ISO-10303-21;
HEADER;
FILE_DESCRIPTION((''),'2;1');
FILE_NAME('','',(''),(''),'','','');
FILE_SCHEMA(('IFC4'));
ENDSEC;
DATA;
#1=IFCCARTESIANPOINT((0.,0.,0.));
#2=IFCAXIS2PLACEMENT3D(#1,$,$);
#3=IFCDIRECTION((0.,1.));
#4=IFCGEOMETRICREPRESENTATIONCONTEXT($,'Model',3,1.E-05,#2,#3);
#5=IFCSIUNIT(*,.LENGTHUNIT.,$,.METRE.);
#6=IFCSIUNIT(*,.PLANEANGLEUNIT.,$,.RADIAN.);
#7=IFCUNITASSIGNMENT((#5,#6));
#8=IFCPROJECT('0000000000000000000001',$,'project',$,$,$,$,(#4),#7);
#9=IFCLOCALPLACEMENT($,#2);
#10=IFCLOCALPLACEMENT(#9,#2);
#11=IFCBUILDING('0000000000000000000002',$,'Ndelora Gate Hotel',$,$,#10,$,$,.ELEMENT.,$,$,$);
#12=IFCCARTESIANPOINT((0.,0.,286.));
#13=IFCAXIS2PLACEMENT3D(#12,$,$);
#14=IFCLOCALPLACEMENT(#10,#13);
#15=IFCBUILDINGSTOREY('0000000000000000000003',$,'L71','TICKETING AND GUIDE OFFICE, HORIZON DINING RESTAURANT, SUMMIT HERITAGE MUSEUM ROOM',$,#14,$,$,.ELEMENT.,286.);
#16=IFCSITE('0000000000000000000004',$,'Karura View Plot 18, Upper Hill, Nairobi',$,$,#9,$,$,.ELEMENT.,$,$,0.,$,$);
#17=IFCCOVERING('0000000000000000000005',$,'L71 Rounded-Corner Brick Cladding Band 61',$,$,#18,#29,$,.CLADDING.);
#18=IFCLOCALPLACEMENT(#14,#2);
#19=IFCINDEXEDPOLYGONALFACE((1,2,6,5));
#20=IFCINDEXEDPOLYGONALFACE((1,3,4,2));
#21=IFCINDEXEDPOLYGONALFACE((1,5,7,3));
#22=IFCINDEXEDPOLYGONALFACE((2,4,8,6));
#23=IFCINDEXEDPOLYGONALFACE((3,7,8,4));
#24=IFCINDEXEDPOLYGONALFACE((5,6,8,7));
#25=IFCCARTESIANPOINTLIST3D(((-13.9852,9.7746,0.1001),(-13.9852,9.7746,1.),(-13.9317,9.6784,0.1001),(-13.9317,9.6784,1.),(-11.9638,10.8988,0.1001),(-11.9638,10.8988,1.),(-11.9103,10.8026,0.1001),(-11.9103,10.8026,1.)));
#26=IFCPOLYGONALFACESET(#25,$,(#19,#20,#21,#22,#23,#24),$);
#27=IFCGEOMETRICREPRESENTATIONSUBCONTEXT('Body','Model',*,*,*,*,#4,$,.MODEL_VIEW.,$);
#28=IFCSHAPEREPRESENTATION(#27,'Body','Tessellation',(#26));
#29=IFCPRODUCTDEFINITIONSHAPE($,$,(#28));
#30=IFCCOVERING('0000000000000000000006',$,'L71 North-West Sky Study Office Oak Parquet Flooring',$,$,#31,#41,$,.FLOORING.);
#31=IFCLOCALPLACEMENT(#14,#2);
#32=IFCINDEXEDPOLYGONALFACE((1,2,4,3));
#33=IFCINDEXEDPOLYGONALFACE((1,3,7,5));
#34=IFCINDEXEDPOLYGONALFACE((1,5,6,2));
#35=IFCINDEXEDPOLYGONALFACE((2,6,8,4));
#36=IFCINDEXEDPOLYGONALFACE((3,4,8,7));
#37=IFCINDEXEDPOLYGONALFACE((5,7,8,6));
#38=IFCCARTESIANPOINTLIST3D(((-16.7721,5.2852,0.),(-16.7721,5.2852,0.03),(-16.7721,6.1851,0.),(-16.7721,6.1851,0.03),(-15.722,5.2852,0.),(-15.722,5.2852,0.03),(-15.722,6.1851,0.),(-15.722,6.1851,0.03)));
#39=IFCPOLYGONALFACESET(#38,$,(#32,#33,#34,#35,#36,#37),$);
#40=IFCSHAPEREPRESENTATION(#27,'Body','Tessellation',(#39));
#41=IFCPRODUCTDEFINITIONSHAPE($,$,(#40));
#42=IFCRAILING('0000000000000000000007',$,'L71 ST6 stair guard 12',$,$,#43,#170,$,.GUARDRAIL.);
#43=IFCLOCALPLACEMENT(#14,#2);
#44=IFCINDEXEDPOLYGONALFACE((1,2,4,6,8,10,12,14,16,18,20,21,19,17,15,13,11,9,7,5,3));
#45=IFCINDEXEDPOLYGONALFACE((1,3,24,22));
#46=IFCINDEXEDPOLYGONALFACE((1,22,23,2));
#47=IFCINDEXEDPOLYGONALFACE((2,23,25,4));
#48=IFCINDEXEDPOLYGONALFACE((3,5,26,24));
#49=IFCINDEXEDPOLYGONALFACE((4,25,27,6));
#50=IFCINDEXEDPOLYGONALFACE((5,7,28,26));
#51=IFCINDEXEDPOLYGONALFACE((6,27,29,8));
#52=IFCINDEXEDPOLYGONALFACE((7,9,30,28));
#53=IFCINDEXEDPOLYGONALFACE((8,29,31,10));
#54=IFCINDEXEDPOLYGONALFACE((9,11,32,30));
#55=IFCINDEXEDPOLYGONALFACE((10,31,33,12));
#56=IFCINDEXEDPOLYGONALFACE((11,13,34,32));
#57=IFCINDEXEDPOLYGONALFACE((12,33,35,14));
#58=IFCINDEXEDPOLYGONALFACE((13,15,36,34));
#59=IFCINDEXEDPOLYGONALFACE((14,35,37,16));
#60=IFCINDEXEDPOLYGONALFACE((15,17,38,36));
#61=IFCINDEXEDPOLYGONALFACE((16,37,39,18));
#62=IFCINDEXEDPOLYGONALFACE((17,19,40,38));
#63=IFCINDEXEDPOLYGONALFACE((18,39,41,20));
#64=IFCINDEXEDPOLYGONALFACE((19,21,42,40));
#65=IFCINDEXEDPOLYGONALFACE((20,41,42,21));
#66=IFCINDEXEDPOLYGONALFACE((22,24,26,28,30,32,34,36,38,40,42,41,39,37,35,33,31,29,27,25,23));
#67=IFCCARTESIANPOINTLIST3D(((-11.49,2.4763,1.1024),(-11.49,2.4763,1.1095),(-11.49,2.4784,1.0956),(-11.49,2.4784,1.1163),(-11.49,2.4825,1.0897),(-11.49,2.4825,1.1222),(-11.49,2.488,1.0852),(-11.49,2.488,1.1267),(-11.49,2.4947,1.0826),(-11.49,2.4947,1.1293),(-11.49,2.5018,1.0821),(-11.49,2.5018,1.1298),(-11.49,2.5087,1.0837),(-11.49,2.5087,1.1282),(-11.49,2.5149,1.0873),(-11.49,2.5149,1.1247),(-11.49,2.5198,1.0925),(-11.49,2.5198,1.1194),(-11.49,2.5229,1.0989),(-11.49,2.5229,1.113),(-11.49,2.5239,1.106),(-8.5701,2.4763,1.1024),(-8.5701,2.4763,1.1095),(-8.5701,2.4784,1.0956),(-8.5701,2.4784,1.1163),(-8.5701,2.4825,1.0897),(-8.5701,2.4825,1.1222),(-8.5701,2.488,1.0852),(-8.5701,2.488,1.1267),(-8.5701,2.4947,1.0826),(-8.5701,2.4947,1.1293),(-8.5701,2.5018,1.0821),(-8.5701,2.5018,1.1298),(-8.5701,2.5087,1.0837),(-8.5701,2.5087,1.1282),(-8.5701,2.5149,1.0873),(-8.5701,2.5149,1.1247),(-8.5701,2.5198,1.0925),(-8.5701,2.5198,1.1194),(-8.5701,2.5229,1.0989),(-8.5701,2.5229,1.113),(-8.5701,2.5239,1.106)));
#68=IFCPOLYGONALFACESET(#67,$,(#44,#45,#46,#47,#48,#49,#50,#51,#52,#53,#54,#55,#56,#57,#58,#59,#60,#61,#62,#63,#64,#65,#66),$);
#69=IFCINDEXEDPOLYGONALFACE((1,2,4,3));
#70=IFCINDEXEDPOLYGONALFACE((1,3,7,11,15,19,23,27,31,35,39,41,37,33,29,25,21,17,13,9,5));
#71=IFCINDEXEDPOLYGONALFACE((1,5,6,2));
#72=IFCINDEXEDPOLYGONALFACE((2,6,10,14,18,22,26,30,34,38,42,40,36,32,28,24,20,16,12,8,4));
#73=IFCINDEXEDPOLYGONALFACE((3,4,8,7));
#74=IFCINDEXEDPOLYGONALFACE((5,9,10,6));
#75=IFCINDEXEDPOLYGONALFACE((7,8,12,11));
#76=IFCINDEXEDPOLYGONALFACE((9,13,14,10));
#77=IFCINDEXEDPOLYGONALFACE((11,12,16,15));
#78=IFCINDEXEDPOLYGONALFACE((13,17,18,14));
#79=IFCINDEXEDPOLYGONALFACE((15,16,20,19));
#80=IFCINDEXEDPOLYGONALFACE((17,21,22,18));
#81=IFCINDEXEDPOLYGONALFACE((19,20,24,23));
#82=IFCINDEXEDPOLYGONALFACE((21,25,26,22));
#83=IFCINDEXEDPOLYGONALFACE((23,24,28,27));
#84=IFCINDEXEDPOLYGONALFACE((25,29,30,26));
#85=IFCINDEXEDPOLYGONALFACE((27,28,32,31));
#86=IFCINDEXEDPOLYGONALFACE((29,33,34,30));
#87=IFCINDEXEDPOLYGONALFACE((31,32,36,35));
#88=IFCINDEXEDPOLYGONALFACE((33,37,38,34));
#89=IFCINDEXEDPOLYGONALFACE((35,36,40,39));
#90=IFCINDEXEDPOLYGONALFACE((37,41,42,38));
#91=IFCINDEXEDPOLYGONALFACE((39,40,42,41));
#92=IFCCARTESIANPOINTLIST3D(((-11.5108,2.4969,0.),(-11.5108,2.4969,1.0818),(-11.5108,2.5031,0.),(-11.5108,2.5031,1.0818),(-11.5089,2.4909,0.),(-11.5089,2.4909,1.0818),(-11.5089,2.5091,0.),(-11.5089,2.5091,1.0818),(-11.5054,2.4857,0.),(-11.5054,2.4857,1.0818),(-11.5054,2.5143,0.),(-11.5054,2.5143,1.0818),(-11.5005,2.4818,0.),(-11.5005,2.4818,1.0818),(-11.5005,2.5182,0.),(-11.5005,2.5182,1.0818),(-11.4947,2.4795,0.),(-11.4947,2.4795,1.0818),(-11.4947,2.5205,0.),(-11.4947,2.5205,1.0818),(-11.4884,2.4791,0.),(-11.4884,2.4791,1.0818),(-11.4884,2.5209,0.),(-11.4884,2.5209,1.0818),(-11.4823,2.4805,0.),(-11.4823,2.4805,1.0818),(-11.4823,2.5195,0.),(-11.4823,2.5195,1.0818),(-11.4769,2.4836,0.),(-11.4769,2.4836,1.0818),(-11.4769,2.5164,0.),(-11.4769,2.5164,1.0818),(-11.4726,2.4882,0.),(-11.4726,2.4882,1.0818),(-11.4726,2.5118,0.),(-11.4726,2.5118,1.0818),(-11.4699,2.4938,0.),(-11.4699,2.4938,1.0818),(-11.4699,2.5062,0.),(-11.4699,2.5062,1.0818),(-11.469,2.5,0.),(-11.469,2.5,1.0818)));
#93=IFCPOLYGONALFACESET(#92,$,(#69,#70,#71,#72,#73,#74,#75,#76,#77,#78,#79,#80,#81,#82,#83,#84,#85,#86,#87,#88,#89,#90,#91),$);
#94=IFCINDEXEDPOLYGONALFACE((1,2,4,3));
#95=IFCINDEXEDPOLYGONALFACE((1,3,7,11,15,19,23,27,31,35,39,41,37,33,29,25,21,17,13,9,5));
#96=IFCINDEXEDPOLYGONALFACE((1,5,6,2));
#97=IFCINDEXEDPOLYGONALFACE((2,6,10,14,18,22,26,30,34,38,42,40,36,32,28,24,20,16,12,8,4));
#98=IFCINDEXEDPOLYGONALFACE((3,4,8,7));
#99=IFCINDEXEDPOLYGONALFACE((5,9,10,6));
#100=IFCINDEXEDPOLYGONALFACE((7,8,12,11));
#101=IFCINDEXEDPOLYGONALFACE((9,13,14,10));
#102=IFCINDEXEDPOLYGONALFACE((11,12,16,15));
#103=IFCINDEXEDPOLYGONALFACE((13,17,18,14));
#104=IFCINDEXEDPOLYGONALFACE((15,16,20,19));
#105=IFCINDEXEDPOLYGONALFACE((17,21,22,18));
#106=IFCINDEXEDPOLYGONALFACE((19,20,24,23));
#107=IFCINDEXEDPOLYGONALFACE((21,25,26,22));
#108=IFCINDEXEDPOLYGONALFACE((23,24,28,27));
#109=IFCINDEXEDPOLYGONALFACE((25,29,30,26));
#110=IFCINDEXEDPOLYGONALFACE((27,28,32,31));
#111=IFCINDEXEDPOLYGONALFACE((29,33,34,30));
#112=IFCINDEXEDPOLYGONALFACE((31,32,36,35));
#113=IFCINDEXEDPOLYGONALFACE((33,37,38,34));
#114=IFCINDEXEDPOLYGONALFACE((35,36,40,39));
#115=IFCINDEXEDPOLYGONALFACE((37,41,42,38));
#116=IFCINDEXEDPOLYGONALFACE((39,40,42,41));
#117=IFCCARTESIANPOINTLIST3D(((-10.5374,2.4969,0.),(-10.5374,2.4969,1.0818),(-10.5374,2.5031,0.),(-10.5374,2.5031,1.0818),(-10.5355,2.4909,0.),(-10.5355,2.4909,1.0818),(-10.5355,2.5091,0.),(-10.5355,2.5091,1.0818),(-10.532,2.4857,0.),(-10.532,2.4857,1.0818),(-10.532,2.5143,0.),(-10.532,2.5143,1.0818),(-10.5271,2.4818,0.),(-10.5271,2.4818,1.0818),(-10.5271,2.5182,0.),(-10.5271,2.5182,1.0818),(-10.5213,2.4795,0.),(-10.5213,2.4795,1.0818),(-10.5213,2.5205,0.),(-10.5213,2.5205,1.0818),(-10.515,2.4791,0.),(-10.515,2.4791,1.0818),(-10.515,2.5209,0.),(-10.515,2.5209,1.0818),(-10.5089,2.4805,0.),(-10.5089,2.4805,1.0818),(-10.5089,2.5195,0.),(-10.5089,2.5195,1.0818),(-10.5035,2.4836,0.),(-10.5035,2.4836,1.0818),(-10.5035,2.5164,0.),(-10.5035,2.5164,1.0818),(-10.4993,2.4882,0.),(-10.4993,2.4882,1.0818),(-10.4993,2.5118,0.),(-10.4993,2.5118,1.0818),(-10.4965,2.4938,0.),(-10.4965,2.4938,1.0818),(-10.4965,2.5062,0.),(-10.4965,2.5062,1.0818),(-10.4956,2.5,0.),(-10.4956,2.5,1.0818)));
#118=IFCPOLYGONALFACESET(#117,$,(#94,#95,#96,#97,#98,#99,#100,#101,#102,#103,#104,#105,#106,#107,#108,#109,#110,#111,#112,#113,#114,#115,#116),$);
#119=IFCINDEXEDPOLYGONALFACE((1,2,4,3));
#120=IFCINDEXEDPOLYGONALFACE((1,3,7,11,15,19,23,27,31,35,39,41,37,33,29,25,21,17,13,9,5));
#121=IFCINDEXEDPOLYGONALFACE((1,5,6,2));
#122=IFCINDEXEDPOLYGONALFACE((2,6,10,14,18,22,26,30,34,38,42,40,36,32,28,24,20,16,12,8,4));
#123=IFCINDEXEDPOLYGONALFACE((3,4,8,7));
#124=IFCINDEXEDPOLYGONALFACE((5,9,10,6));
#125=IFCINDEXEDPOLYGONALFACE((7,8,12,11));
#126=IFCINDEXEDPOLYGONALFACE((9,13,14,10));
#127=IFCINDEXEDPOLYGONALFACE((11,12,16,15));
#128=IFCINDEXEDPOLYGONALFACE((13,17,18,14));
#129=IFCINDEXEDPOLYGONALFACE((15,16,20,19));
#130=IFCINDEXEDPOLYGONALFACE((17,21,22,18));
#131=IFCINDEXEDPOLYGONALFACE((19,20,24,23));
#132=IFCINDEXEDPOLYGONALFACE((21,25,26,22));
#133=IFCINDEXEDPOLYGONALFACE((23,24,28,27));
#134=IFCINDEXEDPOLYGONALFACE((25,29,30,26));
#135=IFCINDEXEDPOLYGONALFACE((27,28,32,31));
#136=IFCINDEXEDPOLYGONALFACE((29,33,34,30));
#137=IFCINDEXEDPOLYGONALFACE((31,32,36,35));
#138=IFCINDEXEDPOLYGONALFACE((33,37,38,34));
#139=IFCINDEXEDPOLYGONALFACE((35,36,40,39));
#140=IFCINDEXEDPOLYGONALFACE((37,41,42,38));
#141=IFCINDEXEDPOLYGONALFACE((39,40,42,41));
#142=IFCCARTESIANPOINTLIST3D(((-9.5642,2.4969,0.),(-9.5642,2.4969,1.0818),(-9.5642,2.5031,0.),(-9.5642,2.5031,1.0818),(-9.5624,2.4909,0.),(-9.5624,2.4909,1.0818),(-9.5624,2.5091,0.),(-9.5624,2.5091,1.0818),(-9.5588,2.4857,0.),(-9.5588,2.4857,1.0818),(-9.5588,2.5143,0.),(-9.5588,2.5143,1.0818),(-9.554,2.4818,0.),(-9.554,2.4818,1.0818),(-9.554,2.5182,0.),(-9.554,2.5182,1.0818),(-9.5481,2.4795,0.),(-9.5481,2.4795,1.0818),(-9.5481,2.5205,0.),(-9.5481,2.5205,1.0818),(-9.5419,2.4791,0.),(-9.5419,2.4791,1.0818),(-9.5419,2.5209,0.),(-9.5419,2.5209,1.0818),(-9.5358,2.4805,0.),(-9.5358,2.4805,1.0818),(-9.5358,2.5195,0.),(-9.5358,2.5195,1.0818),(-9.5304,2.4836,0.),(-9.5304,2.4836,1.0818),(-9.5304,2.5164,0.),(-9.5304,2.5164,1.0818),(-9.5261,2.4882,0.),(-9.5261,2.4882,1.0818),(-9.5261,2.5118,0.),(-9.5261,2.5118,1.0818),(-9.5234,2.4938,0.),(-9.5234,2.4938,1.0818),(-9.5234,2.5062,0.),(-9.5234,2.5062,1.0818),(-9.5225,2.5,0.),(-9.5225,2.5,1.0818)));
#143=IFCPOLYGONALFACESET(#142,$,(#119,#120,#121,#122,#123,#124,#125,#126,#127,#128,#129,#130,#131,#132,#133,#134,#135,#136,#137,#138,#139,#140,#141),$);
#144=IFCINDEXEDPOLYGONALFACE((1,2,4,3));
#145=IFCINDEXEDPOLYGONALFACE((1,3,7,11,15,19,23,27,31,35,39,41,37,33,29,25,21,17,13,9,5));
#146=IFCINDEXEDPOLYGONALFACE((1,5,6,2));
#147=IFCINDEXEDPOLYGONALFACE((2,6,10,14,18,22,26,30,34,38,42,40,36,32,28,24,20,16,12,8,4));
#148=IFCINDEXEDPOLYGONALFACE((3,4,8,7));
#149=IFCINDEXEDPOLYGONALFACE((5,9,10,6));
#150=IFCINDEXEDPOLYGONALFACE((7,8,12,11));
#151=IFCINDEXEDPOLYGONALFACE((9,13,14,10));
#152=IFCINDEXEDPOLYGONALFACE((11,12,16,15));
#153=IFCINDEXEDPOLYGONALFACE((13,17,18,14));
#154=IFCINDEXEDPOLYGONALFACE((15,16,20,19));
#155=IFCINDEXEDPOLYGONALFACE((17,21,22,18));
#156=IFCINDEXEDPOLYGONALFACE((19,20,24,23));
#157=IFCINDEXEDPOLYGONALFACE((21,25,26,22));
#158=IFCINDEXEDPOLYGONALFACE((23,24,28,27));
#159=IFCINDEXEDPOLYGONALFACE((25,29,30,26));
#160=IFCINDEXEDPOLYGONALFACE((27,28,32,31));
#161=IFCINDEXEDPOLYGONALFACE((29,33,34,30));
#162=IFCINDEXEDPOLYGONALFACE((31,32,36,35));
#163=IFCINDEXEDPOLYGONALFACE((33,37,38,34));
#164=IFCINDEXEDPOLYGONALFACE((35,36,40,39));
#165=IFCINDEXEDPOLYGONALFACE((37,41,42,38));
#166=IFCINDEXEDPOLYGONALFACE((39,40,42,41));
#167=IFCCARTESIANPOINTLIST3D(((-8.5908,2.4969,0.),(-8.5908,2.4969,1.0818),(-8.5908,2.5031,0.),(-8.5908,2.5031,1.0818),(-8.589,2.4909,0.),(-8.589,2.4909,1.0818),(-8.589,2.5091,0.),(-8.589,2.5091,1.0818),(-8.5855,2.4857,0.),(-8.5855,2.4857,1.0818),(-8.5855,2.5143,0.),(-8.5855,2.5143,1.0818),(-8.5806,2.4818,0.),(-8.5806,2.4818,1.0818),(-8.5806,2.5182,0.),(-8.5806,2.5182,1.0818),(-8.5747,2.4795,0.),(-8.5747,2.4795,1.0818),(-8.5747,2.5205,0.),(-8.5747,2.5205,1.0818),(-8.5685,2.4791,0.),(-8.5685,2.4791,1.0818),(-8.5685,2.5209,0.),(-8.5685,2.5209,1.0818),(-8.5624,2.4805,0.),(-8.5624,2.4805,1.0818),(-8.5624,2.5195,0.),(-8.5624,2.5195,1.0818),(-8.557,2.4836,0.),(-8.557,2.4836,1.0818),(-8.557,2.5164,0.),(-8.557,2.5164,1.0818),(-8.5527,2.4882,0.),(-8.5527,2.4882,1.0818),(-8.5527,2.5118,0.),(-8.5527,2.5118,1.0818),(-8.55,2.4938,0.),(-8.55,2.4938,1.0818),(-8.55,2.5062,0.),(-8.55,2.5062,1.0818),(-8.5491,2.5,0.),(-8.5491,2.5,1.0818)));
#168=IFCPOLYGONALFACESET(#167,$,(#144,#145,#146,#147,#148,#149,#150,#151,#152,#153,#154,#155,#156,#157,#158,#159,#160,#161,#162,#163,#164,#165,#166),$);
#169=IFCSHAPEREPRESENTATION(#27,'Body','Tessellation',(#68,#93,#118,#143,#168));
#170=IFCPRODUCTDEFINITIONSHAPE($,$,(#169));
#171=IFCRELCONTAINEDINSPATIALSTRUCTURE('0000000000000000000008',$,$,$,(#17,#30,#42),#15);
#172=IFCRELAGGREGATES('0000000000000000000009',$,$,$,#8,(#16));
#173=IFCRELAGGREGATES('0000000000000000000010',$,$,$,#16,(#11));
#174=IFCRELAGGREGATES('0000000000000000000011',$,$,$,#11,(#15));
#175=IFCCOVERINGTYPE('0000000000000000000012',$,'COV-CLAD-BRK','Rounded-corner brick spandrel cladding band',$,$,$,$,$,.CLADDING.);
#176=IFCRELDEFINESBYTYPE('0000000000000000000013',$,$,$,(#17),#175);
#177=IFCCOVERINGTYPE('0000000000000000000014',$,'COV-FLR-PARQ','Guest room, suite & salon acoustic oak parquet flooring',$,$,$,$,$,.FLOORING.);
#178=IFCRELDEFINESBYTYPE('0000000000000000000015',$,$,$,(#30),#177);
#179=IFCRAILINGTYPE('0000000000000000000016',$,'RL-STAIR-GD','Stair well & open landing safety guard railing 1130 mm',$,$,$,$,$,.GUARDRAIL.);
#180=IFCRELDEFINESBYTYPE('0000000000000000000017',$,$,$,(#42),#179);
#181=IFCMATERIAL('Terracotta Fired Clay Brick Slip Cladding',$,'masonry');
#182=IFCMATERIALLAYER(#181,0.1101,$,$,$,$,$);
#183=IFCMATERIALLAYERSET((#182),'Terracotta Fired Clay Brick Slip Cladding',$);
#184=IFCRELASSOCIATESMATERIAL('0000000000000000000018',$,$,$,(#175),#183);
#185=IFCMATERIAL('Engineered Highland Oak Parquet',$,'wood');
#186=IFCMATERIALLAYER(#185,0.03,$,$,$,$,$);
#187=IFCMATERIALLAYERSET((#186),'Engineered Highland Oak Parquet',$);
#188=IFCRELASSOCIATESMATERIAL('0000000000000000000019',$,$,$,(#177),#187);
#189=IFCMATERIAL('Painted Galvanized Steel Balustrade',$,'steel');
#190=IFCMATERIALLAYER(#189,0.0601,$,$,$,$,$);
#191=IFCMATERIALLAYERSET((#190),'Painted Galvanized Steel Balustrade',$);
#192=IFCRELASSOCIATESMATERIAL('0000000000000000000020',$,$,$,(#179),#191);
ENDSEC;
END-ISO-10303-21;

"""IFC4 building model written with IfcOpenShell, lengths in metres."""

from ifc_helpers import new_model, si_unit, direction, frame, origin, origin_2d, place, context, subcontext, project, spatial, rectangle, circle, extrude, material, layer, layer_set, type_object, element, save


model = new_model("IFC4")

# Units and contexts
model_context = context("Model", 3, precision=1e-05, world=origin(), true_north=direction((0.0, 1.0)))
body_context = subcontext(model_context, "Body", "Model", "MODEL_VIEW")
ifc_project = project(units=[si_unit("LENGTHUNIT", "METRE"), si_unit("PLANEANGLEUNIT", "RADIAN")], contexts=[model_context])

# Site, building, storey
site_placement = place(None, origin())
site = spatial("IfcSite", under=ifc_project, at=site_placement, Name="Karura View Plot 18, Upper Hill, Nairobi", CompositionType="ELEMENT", RefElevation=0.0)
building_placement = place(site_placement, origin())
building = spatial("IfcBuilding", under=site, at=building_placement, Name="Ndelora Gate Hotel", CompositionType="ELEMENT")
storey_placement = place(building_placement, frame((0.0, 0.0, 286.0)))
storey = spatial("IfcBuildingStorey", under=building, at=storey_placement, Name="L71", Description="TICKETING AND GUIDE OFFICE, HORIZON DINING RESTAURANT, SUMMIT HERITAGE MUSEUM ROOM", CompositionType="ELEMENT", Elevation=286.0)

# Coverings
ifc_material_1 = material(Name="Terracotta Fired Clay Brick Slip Cladding", Category="masonry")
ifc_layer_1 = layer(ifc_material_1, 0.1101)
ifc_layer_set_1 = layer_set([ifc_layer_1], Name="Terracotta Fired Clay Brick Slip Cladding")
covering_type_1 = type_object("IfcCoveringType", Name="COV-CLAD-BRK", Description="Rounded-corner brick spandrel cladding band", PredefinedType="CLADDING", material=ifc_layer_set_1)
covering_1_placement = place(storey_placement, frame((-12.9478, 10.2886, 0.1001), z_axis=(0.0, 0.0, 1.0), x_axis=(0.873942, 0.48603, 0.0)))
element("IfcCovering", 1, at=covering_1_placement, inside=storey, type_object=covering_type_1, Name="L71 Rounded-Corner Brick Cladding Band 61", PredefinedType="CLADDING", context=body_context, shape_type="SweptSolid", body=[
    extrude(rectangle(XDim=2.313, YDim=0.1101, at=origin_2d()), origin(), (0.0, 0.0, 1.0), 0.8999),
])
ifc_material_2 = material(Name="Engineered Highland Oak Parquet", Category="wood")
ifc_layer_2 = layer(ifc_material_2, 0.03)
ifc_layer_set_2 = layer_set([ifc_layer_2], Name="Engineered Highland Oak Parquet")
covering_type_2 = type_object("IfcCoveringType", Name="COV-FLR-PARQ", Description="Guest room, suite & salon acoustic oak parquet flooring", PredefinedType="FLOORING", material=ifc_layer_set_2)
covering_2_placement = place(storey_placement, frame((-16.2471, 5.7351, 0.0), z_axis=(0.0, 0.0, 1.0), x_axis=(1.0, 0.0, 0.0)))
element("IfcCovering", 2, at=covering_2_placement, inside=storey, type_object=covering_type_2, Name="L71 North-West Sky Study Office Oak Parquet Flooring", PredefinedType="FLOORING", context=body_context, shape_type="SweptSolid", body=[
    extrude(rectangle(XDim=1.05, YDim=0.8999, at=origin_2d()), origin(), (0.0, 0.0, 1.0), 0.03),
])

# Railing
ifc_material_3 = material(Name="Painted Galvanized Steel Balustrade", Category="steel")
ifc_layer_3 = layer(ifc_material_3, 0.0601)
ifc_layer_set_3 = layer_set([ifc_layer_3], Name="Painted Galvanized Steel Balustrade")
railing_type = type_object("IfcRailingType", Name="RL-STAIR-GD", Description="Stair well & open landing safety guard railing 1130 mm", PredefinedType="GUARDRAIL", material=ifc_layer_set_3)
railing_placement = place(storey_placement, frame((-11.49, 2.5, 0.0)))
element("IfcRailing", 3, at=railing_placement, inside=storey, type_object=railing_type, Name="L71 ST6 stair guard 12", PredefinedType="GUARDRAIL", context=body_context, shape_type="SweptSolid", body=[
    extrude(circle(Radius=0.0239, at=origin_2d()), frame((0.0, 0.0, 1.106), z_axis=(1.0, 0.0, 0.0), x_axis=(0.0, 1.0, 0.0)), (0.0, 0.0, 1.0), 2.9199),
    extrude(circle(Radius=0.021, at=origin_2d()), origin(), (0.0, 0.0, 1.0), 1.0818),
    extrude(circle(Radius=0.021, at=origin_2d()), frame((0.9734, 0.0, 0.0)), (0.0, 0.0, 1.0), 1.0818),
    extrude(circle(Radius=0.021, at=origin_2d()), frame((1.9465, 0.0, 0.0)), (0.0, 0.0, 1.0), 1.0818),
    extrude(circle(Radius=0.021, at=origin_2d()), frame((2.9199, 0.0, 0.0)), (0.0, 0.0, 1.0), 1.0818),
])

save(model, "model.ifc")
